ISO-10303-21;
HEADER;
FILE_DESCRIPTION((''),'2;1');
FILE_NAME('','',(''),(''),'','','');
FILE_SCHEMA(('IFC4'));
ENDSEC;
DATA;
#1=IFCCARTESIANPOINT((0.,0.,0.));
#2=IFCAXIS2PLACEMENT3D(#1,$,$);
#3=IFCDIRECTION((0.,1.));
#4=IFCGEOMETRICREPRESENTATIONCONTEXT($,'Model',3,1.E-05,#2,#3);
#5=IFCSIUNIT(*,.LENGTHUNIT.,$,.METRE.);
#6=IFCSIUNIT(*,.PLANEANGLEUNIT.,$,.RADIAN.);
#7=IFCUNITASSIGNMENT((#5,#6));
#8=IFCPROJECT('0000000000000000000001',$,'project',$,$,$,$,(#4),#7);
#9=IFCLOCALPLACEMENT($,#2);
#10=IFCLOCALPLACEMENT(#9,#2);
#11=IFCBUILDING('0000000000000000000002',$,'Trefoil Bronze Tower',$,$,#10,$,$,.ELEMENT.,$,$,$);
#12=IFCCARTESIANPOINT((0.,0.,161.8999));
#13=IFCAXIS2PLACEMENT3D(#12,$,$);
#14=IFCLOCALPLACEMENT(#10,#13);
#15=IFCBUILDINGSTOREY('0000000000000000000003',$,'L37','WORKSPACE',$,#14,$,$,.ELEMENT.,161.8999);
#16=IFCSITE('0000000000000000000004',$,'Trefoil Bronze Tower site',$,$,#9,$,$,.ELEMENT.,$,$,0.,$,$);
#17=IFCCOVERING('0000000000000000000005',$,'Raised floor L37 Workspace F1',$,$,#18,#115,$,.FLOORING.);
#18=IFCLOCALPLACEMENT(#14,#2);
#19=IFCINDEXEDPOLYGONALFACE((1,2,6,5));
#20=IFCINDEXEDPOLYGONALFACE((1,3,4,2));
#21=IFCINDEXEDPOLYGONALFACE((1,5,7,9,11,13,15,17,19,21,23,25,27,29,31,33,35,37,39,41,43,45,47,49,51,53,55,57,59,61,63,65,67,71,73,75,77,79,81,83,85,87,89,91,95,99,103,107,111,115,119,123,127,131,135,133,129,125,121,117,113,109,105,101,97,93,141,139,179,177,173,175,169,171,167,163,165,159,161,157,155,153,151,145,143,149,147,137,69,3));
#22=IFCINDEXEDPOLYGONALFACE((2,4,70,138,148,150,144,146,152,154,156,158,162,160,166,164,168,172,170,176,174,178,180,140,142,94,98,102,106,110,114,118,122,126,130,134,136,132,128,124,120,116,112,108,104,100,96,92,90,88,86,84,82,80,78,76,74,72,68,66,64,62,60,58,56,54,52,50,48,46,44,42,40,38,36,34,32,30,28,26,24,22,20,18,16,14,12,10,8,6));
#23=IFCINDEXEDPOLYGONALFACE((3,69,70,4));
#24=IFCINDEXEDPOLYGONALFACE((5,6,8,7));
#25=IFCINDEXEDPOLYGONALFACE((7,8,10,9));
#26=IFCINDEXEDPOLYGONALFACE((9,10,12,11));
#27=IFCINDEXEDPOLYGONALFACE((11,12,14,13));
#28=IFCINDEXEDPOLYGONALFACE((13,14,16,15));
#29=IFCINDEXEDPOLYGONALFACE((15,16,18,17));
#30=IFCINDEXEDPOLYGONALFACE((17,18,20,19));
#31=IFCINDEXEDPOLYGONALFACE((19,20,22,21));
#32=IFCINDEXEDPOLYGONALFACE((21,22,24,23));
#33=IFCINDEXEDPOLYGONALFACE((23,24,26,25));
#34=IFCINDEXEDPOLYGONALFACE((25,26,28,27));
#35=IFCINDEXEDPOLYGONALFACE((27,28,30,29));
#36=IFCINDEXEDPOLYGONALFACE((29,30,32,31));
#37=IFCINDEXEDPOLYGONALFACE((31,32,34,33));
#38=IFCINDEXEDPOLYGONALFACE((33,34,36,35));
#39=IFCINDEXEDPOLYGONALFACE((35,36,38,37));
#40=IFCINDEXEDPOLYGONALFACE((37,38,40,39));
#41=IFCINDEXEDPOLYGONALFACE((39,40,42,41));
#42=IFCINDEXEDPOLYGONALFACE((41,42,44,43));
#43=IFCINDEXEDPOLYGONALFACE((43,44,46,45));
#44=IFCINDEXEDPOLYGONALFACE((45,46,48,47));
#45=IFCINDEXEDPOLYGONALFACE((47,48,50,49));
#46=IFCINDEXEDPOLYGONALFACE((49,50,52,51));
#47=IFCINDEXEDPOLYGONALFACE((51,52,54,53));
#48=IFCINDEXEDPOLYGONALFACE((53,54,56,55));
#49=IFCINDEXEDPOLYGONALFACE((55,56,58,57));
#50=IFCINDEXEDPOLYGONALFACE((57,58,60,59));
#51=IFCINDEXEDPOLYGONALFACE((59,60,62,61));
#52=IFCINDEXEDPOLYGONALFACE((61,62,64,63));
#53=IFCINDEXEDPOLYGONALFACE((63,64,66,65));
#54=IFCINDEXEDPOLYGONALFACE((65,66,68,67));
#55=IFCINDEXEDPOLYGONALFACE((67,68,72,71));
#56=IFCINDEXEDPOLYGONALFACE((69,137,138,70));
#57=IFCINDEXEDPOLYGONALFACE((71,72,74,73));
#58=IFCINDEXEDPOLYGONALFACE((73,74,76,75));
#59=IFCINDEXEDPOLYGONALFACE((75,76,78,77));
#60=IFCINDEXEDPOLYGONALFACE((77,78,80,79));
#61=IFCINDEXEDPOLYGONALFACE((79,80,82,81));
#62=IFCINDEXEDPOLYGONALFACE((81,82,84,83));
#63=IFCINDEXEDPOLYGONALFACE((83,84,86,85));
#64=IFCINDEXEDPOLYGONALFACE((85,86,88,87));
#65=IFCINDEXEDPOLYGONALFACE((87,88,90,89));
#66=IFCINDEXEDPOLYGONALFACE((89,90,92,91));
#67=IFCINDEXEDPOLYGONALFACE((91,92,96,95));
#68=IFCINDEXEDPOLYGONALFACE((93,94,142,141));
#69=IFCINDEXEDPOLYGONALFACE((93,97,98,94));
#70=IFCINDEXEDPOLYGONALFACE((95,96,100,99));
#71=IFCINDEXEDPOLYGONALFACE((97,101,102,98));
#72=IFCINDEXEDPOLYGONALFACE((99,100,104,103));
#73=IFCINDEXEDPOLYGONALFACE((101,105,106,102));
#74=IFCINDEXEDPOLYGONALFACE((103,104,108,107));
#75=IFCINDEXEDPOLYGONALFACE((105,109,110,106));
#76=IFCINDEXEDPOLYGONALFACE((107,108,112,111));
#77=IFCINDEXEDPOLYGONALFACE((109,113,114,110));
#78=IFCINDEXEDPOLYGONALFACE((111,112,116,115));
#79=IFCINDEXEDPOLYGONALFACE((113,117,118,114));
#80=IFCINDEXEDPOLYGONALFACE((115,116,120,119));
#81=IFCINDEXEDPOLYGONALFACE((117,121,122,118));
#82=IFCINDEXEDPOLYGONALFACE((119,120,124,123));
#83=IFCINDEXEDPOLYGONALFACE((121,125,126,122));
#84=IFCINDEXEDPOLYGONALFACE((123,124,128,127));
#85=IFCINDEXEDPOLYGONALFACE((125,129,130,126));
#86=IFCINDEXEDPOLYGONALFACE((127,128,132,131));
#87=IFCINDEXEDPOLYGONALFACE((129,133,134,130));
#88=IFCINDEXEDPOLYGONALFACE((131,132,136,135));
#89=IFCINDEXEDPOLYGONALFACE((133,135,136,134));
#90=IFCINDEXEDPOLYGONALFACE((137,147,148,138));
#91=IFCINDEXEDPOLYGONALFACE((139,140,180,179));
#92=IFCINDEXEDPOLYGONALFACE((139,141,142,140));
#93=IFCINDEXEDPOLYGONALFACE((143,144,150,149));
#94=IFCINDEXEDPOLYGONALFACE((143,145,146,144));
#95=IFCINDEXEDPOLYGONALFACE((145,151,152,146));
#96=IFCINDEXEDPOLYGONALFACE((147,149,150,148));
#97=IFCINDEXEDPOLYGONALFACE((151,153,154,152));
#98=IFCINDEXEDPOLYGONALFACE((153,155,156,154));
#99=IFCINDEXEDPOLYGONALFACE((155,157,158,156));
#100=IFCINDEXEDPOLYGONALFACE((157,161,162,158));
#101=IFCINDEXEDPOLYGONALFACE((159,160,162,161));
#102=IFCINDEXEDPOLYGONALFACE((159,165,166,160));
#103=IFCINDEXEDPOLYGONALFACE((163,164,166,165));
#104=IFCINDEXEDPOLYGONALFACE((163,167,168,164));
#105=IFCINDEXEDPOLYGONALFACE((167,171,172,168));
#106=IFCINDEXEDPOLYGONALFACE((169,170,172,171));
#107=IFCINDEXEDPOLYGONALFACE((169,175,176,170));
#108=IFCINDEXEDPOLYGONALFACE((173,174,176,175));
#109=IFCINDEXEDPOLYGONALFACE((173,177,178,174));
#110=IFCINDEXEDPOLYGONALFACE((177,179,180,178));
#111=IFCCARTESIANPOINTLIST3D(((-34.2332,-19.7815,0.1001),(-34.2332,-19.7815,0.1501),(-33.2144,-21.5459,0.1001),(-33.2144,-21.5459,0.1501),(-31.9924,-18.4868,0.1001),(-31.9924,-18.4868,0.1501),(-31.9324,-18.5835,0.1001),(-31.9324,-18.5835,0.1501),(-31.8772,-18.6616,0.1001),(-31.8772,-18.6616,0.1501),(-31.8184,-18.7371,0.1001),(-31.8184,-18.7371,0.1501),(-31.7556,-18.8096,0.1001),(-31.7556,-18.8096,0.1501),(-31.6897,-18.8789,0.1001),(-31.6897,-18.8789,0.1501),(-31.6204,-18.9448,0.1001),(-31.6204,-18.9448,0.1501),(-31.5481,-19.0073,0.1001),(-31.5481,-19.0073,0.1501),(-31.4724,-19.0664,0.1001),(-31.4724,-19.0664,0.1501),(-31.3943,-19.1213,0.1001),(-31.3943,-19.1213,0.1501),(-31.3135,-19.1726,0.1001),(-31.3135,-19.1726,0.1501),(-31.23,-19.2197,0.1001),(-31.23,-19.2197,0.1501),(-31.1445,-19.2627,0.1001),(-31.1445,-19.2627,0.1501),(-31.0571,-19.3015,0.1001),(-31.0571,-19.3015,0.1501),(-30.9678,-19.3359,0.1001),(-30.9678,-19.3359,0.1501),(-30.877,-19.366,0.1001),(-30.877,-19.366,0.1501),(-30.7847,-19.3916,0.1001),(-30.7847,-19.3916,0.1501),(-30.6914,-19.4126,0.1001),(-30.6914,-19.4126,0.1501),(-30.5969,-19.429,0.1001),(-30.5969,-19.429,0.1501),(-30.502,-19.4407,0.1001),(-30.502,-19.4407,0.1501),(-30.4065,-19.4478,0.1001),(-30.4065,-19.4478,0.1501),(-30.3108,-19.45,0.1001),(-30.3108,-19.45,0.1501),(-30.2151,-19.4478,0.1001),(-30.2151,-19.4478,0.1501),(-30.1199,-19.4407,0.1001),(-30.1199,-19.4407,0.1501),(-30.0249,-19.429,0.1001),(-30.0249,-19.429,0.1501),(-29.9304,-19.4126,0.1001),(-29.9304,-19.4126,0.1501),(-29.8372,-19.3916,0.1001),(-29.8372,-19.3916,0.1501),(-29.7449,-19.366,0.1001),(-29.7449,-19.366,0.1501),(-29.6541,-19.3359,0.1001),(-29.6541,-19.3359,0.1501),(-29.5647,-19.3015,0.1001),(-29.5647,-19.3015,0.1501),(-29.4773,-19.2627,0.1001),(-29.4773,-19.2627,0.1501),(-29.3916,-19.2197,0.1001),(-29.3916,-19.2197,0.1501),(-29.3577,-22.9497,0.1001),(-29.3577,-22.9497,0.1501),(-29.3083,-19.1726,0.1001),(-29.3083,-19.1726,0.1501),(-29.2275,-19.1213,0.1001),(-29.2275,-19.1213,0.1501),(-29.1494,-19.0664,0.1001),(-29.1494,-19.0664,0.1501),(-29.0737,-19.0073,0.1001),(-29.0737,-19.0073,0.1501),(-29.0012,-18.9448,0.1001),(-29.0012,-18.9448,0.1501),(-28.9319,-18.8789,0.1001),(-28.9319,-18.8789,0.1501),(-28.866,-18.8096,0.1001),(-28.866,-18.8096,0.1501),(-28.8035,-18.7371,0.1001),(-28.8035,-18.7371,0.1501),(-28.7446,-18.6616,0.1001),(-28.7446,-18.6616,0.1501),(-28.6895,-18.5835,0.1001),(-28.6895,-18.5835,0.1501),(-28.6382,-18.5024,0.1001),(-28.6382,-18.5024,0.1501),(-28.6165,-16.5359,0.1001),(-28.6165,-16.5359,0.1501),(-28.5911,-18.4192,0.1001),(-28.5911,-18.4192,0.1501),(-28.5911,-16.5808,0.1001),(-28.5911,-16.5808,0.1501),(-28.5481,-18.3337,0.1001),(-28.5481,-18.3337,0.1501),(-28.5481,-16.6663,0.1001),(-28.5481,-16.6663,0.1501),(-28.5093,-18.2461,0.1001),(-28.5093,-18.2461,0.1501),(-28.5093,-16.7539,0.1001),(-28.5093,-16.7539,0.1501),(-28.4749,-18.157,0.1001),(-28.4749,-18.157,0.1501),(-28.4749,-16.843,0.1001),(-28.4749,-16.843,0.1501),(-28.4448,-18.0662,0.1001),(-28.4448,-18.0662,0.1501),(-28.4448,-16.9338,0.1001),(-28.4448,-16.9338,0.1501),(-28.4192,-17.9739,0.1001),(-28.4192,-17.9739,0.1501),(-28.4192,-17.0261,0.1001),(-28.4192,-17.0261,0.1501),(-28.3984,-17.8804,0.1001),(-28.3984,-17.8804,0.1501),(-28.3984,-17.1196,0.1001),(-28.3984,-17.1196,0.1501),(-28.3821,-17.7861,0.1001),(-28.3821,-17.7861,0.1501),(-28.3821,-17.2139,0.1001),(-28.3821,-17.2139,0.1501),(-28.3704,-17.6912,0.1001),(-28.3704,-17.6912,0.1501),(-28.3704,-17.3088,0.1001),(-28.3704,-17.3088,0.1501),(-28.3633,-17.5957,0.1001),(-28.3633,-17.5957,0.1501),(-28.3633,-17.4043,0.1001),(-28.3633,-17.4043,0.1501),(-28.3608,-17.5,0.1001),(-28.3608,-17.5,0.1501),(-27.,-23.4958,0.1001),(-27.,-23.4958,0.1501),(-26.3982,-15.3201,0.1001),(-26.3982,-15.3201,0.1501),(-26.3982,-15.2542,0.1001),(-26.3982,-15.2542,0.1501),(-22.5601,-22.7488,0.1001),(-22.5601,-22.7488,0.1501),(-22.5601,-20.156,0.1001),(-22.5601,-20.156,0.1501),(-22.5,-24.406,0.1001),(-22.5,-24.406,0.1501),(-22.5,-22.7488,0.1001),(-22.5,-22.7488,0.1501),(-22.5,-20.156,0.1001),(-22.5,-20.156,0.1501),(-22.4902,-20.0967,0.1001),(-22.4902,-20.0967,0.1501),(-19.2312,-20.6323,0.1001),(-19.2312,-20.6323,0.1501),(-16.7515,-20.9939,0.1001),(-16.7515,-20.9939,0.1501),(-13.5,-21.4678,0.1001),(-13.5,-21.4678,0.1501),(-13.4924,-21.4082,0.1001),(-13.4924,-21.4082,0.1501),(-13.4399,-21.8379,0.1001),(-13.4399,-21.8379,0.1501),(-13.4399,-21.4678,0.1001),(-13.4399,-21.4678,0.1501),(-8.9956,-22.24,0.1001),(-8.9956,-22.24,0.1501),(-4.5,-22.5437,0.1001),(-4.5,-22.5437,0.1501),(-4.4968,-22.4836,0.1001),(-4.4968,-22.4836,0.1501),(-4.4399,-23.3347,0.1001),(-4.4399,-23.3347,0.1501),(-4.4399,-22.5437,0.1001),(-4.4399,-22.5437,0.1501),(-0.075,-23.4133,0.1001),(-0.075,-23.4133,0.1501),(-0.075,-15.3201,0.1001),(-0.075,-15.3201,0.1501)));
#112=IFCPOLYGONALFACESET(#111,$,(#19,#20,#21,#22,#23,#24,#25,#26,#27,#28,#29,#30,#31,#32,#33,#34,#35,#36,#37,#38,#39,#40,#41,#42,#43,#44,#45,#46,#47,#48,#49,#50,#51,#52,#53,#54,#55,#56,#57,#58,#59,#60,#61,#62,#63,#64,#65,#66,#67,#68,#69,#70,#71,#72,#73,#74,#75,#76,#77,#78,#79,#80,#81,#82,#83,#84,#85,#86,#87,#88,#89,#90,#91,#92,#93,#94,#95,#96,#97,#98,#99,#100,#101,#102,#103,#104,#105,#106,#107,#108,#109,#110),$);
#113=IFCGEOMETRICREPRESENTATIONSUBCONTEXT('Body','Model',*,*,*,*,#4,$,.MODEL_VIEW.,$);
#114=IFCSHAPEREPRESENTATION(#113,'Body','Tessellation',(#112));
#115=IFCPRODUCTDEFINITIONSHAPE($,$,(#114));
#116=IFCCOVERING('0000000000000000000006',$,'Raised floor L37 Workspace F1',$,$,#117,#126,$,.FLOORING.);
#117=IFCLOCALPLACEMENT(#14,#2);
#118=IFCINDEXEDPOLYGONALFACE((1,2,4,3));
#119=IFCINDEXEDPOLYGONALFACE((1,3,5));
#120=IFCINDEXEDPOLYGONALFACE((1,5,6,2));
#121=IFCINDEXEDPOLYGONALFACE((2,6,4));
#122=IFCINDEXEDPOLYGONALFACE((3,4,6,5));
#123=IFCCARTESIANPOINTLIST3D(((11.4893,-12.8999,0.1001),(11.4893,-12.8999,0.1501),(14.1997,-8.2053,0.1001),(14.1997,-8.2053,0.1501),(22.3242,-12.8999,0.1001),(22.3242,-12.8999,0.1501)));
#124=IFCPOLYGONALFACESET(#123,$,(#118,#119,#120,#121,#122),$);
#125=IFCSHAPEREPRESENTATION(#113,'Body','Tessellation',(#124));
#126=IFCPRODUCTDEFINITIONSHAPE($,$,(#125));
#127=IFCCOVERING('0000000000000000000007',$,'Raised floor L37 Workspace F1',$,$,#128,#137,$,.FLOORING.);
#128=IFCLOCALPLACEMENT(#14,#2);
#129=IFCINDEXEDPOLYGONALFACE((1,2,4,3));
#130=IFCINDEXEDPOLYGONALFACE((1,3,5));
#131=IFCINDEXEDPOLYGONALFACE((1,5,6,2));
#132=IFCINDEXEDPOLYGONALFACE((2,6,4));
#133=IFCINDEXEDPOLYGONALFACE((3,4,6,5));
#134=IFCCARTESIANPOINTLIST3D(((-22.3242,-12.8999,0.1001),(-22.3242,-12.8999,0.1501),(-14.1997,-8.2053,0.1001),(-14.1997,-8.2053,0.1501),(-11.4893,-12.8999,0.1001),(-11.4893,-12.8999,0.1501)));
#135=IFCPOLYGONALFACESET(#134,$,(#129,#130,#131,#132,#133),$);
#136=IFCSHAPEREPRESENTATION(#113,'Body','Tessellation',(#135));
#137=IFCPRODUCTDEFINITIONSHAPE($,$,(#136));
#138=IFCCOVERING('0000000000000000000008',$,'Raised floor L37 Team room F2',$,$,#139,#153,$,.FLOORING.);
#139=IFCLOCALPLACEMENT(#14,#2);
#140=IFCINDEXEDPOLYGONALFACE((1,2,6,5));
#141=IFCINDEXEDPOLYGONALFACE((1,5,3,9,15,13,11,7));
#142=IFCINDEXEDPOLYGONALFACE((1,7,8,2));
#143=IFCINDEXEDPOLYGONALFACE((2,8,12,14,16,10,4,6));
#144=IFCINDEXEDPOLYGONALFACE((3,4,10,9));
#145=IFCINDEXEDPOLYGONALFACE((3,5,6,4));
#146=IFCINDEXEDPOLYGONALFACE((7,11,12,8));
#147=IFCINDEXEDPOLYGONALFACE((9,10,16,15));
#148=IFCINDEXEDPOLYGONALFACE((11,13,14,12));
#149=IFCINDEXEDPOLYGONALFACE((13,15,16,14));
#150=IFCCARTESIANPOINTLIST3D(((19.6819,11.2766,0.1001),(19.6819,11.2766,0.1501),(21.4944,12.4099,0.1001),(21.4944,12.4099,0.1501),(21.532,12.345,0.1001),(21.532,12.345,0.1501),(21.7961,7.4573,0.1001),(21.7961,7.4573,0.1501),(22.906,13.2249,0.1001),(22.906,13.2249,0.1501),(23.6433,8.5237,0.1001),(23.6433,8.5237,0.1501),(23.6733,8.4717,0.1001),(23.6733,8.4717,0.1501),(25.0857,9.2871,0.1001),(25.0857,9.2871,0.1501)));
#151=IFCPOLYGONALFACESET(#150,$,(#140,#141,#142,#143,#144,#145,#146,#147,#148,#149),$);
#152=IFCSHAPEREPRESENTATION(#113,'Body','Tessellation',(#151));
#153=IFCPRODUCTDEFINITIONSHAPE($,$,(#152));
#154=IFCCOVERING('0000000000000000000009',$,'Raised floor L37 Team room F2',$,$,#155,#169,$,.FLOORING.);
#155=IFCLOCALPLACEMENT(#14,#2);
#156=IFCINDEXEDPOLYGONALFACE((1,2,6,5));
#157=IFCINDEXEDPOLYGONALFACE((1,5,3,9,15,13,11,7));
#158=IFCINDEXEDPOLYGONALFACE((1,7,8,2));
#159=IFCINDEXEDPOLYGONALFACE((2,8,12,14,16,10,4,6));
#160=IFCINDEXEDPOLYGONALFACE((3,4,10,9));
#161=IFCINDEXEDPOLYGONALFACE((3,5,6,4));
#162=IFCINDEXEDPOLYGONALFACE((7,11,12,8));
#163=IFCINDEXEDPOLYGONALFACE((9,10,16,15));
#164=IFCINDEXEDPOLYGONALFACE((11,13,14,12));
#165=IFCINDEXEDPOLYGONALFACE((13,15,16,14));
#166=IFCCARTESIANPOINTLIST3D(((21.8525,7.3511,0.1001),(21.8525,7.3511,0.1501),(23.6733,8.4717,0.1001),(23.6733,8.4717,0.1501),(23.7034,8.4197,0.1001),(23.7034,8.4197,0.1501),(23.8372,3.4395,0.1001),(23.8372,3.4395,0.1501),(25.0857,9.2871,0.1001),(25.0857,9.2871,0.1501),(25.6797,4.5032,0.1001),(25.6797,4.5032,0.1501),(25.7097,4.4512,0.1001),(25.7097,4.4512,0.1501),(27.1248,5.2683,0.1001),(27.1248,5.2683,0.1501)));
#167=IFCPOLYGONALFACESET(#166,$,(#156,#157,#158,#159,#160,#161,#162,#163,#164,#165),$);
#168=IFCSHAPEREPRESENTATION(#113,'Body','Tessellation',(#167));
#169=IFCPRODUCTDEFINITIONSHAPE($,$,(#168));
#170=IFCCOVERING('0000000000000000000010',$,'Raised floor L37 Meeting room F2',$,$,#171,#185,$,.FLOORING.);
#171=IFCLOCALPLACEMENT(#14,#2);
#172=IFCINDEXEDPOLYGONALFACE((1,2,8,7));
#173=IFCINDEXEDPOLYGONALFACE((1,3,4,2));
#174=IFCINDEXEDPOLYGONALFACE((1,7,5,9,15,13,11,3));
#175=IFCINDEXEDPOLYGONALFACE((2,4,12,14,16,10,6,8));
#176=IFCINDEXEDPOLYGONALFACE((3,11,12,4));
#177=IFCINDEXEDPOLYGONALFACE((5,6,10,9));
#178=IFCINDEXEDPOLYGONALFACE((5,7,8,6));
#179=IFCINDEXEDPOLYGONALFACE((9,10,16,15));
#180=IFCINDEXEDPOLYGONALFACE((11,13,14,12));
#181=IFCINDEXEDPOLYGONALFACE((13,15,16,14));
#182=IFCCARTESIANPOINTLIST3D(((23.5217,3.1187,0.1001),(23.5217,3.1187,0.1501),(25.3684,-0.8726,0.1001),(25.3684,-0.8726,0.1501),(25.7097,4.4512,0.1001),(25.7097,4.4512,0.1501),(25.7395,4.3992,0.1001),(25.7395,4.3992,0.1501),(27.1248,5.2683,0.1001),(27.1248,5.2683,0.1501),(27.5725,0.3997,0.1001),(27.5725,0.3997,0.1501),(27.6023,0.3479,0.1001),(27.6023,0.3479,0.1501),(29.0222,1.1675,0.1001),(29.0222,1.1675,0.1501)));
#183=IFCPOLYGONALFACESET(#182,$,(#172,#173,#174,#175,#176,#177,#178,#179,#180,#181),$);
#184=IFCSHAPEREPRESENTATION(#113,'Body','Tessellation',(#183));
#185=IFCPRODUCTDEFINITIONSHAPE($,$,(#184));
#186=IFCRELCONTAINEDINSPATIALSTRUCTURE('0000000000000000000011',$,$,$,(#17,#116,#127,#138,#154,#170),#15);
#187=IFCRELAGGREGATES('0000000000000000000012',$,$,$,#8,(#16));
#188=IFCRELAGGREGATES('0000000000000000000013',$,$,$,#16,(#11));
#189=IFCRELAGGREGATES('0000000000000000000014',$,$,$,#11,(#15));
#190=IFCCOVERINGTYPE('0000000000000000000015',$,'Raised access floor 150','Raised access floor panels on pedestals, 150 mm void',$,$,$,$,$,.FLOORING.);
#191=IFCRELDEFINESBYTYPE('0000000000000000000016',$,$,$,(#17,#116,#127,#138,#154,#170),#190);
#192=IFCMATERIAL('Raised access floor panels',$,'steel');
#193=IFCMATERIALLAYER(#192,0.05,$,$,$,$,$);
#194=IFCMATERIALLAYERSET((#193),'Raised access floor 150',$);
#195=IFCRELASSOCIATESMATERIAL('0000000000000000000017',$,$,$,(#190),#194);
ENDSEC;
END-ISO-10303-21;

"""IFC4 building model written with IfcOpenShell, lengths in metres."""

from ifc_helpers import new_model, si_unit, direction, frame, origin, place, context, subcontext, project, spatial, polyline, outline, extrude, material, layer, layer_set, type_object, element, save


model = new_model("IFC4")

# Units and contexts
model_context = context("Model", 3, precision=1e-05, world=origin(), true_north=direction((0.0, 1.0)))
body_context = subcontext(model_context, "Body", "Model", "MODEL_VIEW")
ifc_project = project(units=[si_unit("LENGTHUNIT", "METRE"), si_unit("PLANEANGLEUNIT", "RADIAN")], contexts=[model_context])

# Site, building, storey
site_placement = place(None, origin())
site = spatial("IfcSite", under=ifc_project, at=site_placement, Name="Trefoil Bronze Tower site", CompositionType="ELEMENT", RefElevation=0.0)
building_placement = place(site_placement, origin())
building = spatial("IfcBuilding", under=site, at=building_placement, Name="Trefoil Bronze Tower", CompositionType="ELEMENT")
storey_placement = place(building_placement, frame((0.0, 0.0, 161.8999)))
storey = spatial("IfcBuildingStorey", under=building, at=storey_placement, Name="L37", Description="WORKSPACE", CompositionType="ELEMENT", Elevation=161.8999)

# Coverings
ifc_material_1 = material(Name="Raised access floor panels", Category="steel")
ifc_layer_1 = layer(ifc_material_1, 0.05)
ifc_layer_set_1 = layer_set([ifc_layer_1], Name="Raised access floor 150")
covering_type_1 = type_object("IfcCoveringType", Name="Raised access floor 150", Description="Raised access floor panels on pedestals, 150 mm void", PredefinedType="FLOORING", material=ifc_layer_set_1)
covering_1_placement = place(storey_placement, frame((0.0, 0.0, 0.1001)))
element("IfcCovering", 1, at=covering_1_placement, inside=storey, type_object=covering_type_1, Name="Raised floor L37 Workspace F1", PredefinedType="FLOORING", context=body_context, shape_type="SweptSolid", body=[
    extrude(outline(polyline([(-28.5093, -16.7539), (-28.5481, -16.6663), (-28.5911, -16.5808), (-28.6165, -16.5359), (-26.3982, -15.2542), (-26.3982, -15.3201), (-0.075, -15.3201), (-0.075, -23.4133), (-4.4399, -23.3347), (-4.4399, -22.5437), (-4.5, -22.5437), (-4.4968, -22.4836), (-8.9956, -22.24), (-13.4399, -21.8379), (-13.4399, -21.4678), (-13.5, -21.4678), (-13.4924, -21.4082), (-16.7515, -20.9939), (-19.2312, -20.6323), (-22.4902, -20.0967), (-22.5, -20.156), (-22.5601, -20.156), (-22.5601, -22.7488), (-22.5, -22.7488), (-22.5, -24.406), (-27.0, -23.4958), (-29.3577, -22.9497), (-33.2144, -21.5459), (-34.2332, -19.7815), (-31.9924, -18.4868), (-31.9324, -18.5835), (-31.8772, -18.6616), (-31.8184, -18.7371), (-31.7556, -18.8096), (-31.6897, -18.8789), (-31.6204, -18.9448), (-31.5481, -19.0073), (-31.4724, -19.0664), (-31.3943, -19.1213), (-31.3135, -19.1726), (-31.23, -19.2197), (-31.1445, -19.2627), (-31.0571, -19.3015), (-30.9678, -19.3359), (-30.877, -19.366), (-30.7847, -19.3916), (-30.6914, -19.4126), (-30.5969, -19.429), (-30.502, -19.4407), (-30.4065, -19.4478), (-30.3108, -19.45), (-30.2151, -19.4478), (-30.1199, -19.4407), (-30.0249, -19.429), (-29.9304, -19.4126), (-29.8372, -19.3916), (-29.7449, -19.366), (-29.6541, -19.3359), (-29.5647, -19.3015), (-29.4773, -19.2627), (-29.3916, -19.2197), (-29.3083, -19.1726), (-29.2275, -19.1213), (-29.1494, -19.0664), (-29.0737, -19.0073), (-29.0012, -18.9448), (-28.9319, -18.8789), (-28.866, -18.8096), (-28.8035, -18.7371), (-28.7446, -18.6616), (-28.6895, -18.5835), (-28.6382, -18.5024), (-28.5911, -18.4192), (-28.5481, -18.3337), (-28.5093, -18.2461), (-28.4749, -18.157), (-28.4448, -18.0662), (-28.4192, -17.9739), (-28.3984, -17.8804), (-28.3821, -17.7861), (-28.3704, -17.6912), (-28.3633, -17.5957), (-28.3608, -17.5), (-28.3633, -17.4043), (-28.3704, -17.3088), (-28.3821, -17.2139), (-28.3984, -17.1196), (-28.4192, -17.0261), (-28.4448, -16.9338), (-28.4749, -16.843), (-28.5093, -16.7539)])), origin(), (0.0, 0.0, 1.0), 0.05),
])
covering_2_placement = place(storey_placement, frame((0.0, 0.0, 0.1001)))
element("IfcCovering", 2, at=covering_2_placement, inside=storey, type_object=covering_type_1, Name="Raised floor L37 Workspace F1", PredefinedType="FLOORING", context=body_context, shape_type="SweptSolid", body=[
    extrude(outline(polyline([(11.4893, -12.8999), (14.1997, -8.2053), (22.3242, -12.8999), (11.4893, -12.8999)])), origin(), (0.0, 0.0, 1.0), 0.05),
])
covering_3_placement = place(storey_placement, frame((0.0, 0.0, 0.1001)))
element("IfcCovering", 3, at=covering_3_placement, inside=storey, type_object=covering_type_1, Name="Raised floor L37 Workspace F1", PredefinedType="FLOORING", context=body_context, shape_type="SweptSolid", body=[
    extrude(outline(polyline([(-22.3242, -12.8999), (-14.1997, -8.2053), (-11.4893, -12.8999), (-22.3242, -12.8999)])), origin(), (0.0, 0.0, 1.0), 0.05),
])
covering_4_placement = place(storey_placement, frame((0.0, 0.0, 0.1001)))
element("IfcCovering", 4, at=covering_4_placement, inside=storey, type_object=covering_type_1, Name="Raised floor L37 Team room F2", PredefinedType="FLOORING", context=body_context, shape_type="SweptSolid", body=[
    extrude(outline(polyline([(22.906, 13.2249), (25.0857, 9.2871), (23.6733, 8.4717), (23.6433, 8.5237), (21.7961, 7.4573), (19.6819, 11.2766), (21.532, 12.345), (21.4944, 12.4099), (22.906, 13.2249)])), origin(), (0.0, 0.0, 1.0), 0.05),
])
covering_5_placement = place(storey_placement, frame((0.0, 0.0, 0.1001)))
element("IfcCovering", 5, at=covering_5_placement, inside=storey, type_object=covering_type_1, Name="Raised floor L37 Team room F2", PredefinedType="FLOORING", context=body_context, shape_type="SweptSolid", body=[
    extrude(outline(polyline([(25.0857, 9.2871), (27.1248, 5.2683), (25.7097, 4.4512), (25.6797, 4.5032), (23.8372, 3.4395), (21.8525, 7.3511), (23.7034, 8.4197), (23.6733, 8.4717), (25.0857, 9.2871)])), origin(), (0.0, 0.0, 1.0), 0.05),
])
covering_6_placement = place(storey_placement, frame((0.0, 0.0, 0.1001)))
element("IfcCovering", 6, at=covering_6_placement, inside=storey, type_object=covering_type_1, Name="Raised floor L37 Meeting room F2", PredefinedType="FLOORING", context=body_context, shape_type="SweptSolid", body=[
    extrude(outline(polyline([(27.1248, 5.2683), (29.0222, 1.1675), (27.6023, 0.3479), (27.5725, 0.3997), (25.3684, -0.8726), (23.5217, 3.1187), (25.7395, 4.3992), (25.7097, 4.4512), (27.1248, 5.2683)])), origin(), (0.0, 0.0, 1.0), 0.05),
])

save(model, "model.ifc")
